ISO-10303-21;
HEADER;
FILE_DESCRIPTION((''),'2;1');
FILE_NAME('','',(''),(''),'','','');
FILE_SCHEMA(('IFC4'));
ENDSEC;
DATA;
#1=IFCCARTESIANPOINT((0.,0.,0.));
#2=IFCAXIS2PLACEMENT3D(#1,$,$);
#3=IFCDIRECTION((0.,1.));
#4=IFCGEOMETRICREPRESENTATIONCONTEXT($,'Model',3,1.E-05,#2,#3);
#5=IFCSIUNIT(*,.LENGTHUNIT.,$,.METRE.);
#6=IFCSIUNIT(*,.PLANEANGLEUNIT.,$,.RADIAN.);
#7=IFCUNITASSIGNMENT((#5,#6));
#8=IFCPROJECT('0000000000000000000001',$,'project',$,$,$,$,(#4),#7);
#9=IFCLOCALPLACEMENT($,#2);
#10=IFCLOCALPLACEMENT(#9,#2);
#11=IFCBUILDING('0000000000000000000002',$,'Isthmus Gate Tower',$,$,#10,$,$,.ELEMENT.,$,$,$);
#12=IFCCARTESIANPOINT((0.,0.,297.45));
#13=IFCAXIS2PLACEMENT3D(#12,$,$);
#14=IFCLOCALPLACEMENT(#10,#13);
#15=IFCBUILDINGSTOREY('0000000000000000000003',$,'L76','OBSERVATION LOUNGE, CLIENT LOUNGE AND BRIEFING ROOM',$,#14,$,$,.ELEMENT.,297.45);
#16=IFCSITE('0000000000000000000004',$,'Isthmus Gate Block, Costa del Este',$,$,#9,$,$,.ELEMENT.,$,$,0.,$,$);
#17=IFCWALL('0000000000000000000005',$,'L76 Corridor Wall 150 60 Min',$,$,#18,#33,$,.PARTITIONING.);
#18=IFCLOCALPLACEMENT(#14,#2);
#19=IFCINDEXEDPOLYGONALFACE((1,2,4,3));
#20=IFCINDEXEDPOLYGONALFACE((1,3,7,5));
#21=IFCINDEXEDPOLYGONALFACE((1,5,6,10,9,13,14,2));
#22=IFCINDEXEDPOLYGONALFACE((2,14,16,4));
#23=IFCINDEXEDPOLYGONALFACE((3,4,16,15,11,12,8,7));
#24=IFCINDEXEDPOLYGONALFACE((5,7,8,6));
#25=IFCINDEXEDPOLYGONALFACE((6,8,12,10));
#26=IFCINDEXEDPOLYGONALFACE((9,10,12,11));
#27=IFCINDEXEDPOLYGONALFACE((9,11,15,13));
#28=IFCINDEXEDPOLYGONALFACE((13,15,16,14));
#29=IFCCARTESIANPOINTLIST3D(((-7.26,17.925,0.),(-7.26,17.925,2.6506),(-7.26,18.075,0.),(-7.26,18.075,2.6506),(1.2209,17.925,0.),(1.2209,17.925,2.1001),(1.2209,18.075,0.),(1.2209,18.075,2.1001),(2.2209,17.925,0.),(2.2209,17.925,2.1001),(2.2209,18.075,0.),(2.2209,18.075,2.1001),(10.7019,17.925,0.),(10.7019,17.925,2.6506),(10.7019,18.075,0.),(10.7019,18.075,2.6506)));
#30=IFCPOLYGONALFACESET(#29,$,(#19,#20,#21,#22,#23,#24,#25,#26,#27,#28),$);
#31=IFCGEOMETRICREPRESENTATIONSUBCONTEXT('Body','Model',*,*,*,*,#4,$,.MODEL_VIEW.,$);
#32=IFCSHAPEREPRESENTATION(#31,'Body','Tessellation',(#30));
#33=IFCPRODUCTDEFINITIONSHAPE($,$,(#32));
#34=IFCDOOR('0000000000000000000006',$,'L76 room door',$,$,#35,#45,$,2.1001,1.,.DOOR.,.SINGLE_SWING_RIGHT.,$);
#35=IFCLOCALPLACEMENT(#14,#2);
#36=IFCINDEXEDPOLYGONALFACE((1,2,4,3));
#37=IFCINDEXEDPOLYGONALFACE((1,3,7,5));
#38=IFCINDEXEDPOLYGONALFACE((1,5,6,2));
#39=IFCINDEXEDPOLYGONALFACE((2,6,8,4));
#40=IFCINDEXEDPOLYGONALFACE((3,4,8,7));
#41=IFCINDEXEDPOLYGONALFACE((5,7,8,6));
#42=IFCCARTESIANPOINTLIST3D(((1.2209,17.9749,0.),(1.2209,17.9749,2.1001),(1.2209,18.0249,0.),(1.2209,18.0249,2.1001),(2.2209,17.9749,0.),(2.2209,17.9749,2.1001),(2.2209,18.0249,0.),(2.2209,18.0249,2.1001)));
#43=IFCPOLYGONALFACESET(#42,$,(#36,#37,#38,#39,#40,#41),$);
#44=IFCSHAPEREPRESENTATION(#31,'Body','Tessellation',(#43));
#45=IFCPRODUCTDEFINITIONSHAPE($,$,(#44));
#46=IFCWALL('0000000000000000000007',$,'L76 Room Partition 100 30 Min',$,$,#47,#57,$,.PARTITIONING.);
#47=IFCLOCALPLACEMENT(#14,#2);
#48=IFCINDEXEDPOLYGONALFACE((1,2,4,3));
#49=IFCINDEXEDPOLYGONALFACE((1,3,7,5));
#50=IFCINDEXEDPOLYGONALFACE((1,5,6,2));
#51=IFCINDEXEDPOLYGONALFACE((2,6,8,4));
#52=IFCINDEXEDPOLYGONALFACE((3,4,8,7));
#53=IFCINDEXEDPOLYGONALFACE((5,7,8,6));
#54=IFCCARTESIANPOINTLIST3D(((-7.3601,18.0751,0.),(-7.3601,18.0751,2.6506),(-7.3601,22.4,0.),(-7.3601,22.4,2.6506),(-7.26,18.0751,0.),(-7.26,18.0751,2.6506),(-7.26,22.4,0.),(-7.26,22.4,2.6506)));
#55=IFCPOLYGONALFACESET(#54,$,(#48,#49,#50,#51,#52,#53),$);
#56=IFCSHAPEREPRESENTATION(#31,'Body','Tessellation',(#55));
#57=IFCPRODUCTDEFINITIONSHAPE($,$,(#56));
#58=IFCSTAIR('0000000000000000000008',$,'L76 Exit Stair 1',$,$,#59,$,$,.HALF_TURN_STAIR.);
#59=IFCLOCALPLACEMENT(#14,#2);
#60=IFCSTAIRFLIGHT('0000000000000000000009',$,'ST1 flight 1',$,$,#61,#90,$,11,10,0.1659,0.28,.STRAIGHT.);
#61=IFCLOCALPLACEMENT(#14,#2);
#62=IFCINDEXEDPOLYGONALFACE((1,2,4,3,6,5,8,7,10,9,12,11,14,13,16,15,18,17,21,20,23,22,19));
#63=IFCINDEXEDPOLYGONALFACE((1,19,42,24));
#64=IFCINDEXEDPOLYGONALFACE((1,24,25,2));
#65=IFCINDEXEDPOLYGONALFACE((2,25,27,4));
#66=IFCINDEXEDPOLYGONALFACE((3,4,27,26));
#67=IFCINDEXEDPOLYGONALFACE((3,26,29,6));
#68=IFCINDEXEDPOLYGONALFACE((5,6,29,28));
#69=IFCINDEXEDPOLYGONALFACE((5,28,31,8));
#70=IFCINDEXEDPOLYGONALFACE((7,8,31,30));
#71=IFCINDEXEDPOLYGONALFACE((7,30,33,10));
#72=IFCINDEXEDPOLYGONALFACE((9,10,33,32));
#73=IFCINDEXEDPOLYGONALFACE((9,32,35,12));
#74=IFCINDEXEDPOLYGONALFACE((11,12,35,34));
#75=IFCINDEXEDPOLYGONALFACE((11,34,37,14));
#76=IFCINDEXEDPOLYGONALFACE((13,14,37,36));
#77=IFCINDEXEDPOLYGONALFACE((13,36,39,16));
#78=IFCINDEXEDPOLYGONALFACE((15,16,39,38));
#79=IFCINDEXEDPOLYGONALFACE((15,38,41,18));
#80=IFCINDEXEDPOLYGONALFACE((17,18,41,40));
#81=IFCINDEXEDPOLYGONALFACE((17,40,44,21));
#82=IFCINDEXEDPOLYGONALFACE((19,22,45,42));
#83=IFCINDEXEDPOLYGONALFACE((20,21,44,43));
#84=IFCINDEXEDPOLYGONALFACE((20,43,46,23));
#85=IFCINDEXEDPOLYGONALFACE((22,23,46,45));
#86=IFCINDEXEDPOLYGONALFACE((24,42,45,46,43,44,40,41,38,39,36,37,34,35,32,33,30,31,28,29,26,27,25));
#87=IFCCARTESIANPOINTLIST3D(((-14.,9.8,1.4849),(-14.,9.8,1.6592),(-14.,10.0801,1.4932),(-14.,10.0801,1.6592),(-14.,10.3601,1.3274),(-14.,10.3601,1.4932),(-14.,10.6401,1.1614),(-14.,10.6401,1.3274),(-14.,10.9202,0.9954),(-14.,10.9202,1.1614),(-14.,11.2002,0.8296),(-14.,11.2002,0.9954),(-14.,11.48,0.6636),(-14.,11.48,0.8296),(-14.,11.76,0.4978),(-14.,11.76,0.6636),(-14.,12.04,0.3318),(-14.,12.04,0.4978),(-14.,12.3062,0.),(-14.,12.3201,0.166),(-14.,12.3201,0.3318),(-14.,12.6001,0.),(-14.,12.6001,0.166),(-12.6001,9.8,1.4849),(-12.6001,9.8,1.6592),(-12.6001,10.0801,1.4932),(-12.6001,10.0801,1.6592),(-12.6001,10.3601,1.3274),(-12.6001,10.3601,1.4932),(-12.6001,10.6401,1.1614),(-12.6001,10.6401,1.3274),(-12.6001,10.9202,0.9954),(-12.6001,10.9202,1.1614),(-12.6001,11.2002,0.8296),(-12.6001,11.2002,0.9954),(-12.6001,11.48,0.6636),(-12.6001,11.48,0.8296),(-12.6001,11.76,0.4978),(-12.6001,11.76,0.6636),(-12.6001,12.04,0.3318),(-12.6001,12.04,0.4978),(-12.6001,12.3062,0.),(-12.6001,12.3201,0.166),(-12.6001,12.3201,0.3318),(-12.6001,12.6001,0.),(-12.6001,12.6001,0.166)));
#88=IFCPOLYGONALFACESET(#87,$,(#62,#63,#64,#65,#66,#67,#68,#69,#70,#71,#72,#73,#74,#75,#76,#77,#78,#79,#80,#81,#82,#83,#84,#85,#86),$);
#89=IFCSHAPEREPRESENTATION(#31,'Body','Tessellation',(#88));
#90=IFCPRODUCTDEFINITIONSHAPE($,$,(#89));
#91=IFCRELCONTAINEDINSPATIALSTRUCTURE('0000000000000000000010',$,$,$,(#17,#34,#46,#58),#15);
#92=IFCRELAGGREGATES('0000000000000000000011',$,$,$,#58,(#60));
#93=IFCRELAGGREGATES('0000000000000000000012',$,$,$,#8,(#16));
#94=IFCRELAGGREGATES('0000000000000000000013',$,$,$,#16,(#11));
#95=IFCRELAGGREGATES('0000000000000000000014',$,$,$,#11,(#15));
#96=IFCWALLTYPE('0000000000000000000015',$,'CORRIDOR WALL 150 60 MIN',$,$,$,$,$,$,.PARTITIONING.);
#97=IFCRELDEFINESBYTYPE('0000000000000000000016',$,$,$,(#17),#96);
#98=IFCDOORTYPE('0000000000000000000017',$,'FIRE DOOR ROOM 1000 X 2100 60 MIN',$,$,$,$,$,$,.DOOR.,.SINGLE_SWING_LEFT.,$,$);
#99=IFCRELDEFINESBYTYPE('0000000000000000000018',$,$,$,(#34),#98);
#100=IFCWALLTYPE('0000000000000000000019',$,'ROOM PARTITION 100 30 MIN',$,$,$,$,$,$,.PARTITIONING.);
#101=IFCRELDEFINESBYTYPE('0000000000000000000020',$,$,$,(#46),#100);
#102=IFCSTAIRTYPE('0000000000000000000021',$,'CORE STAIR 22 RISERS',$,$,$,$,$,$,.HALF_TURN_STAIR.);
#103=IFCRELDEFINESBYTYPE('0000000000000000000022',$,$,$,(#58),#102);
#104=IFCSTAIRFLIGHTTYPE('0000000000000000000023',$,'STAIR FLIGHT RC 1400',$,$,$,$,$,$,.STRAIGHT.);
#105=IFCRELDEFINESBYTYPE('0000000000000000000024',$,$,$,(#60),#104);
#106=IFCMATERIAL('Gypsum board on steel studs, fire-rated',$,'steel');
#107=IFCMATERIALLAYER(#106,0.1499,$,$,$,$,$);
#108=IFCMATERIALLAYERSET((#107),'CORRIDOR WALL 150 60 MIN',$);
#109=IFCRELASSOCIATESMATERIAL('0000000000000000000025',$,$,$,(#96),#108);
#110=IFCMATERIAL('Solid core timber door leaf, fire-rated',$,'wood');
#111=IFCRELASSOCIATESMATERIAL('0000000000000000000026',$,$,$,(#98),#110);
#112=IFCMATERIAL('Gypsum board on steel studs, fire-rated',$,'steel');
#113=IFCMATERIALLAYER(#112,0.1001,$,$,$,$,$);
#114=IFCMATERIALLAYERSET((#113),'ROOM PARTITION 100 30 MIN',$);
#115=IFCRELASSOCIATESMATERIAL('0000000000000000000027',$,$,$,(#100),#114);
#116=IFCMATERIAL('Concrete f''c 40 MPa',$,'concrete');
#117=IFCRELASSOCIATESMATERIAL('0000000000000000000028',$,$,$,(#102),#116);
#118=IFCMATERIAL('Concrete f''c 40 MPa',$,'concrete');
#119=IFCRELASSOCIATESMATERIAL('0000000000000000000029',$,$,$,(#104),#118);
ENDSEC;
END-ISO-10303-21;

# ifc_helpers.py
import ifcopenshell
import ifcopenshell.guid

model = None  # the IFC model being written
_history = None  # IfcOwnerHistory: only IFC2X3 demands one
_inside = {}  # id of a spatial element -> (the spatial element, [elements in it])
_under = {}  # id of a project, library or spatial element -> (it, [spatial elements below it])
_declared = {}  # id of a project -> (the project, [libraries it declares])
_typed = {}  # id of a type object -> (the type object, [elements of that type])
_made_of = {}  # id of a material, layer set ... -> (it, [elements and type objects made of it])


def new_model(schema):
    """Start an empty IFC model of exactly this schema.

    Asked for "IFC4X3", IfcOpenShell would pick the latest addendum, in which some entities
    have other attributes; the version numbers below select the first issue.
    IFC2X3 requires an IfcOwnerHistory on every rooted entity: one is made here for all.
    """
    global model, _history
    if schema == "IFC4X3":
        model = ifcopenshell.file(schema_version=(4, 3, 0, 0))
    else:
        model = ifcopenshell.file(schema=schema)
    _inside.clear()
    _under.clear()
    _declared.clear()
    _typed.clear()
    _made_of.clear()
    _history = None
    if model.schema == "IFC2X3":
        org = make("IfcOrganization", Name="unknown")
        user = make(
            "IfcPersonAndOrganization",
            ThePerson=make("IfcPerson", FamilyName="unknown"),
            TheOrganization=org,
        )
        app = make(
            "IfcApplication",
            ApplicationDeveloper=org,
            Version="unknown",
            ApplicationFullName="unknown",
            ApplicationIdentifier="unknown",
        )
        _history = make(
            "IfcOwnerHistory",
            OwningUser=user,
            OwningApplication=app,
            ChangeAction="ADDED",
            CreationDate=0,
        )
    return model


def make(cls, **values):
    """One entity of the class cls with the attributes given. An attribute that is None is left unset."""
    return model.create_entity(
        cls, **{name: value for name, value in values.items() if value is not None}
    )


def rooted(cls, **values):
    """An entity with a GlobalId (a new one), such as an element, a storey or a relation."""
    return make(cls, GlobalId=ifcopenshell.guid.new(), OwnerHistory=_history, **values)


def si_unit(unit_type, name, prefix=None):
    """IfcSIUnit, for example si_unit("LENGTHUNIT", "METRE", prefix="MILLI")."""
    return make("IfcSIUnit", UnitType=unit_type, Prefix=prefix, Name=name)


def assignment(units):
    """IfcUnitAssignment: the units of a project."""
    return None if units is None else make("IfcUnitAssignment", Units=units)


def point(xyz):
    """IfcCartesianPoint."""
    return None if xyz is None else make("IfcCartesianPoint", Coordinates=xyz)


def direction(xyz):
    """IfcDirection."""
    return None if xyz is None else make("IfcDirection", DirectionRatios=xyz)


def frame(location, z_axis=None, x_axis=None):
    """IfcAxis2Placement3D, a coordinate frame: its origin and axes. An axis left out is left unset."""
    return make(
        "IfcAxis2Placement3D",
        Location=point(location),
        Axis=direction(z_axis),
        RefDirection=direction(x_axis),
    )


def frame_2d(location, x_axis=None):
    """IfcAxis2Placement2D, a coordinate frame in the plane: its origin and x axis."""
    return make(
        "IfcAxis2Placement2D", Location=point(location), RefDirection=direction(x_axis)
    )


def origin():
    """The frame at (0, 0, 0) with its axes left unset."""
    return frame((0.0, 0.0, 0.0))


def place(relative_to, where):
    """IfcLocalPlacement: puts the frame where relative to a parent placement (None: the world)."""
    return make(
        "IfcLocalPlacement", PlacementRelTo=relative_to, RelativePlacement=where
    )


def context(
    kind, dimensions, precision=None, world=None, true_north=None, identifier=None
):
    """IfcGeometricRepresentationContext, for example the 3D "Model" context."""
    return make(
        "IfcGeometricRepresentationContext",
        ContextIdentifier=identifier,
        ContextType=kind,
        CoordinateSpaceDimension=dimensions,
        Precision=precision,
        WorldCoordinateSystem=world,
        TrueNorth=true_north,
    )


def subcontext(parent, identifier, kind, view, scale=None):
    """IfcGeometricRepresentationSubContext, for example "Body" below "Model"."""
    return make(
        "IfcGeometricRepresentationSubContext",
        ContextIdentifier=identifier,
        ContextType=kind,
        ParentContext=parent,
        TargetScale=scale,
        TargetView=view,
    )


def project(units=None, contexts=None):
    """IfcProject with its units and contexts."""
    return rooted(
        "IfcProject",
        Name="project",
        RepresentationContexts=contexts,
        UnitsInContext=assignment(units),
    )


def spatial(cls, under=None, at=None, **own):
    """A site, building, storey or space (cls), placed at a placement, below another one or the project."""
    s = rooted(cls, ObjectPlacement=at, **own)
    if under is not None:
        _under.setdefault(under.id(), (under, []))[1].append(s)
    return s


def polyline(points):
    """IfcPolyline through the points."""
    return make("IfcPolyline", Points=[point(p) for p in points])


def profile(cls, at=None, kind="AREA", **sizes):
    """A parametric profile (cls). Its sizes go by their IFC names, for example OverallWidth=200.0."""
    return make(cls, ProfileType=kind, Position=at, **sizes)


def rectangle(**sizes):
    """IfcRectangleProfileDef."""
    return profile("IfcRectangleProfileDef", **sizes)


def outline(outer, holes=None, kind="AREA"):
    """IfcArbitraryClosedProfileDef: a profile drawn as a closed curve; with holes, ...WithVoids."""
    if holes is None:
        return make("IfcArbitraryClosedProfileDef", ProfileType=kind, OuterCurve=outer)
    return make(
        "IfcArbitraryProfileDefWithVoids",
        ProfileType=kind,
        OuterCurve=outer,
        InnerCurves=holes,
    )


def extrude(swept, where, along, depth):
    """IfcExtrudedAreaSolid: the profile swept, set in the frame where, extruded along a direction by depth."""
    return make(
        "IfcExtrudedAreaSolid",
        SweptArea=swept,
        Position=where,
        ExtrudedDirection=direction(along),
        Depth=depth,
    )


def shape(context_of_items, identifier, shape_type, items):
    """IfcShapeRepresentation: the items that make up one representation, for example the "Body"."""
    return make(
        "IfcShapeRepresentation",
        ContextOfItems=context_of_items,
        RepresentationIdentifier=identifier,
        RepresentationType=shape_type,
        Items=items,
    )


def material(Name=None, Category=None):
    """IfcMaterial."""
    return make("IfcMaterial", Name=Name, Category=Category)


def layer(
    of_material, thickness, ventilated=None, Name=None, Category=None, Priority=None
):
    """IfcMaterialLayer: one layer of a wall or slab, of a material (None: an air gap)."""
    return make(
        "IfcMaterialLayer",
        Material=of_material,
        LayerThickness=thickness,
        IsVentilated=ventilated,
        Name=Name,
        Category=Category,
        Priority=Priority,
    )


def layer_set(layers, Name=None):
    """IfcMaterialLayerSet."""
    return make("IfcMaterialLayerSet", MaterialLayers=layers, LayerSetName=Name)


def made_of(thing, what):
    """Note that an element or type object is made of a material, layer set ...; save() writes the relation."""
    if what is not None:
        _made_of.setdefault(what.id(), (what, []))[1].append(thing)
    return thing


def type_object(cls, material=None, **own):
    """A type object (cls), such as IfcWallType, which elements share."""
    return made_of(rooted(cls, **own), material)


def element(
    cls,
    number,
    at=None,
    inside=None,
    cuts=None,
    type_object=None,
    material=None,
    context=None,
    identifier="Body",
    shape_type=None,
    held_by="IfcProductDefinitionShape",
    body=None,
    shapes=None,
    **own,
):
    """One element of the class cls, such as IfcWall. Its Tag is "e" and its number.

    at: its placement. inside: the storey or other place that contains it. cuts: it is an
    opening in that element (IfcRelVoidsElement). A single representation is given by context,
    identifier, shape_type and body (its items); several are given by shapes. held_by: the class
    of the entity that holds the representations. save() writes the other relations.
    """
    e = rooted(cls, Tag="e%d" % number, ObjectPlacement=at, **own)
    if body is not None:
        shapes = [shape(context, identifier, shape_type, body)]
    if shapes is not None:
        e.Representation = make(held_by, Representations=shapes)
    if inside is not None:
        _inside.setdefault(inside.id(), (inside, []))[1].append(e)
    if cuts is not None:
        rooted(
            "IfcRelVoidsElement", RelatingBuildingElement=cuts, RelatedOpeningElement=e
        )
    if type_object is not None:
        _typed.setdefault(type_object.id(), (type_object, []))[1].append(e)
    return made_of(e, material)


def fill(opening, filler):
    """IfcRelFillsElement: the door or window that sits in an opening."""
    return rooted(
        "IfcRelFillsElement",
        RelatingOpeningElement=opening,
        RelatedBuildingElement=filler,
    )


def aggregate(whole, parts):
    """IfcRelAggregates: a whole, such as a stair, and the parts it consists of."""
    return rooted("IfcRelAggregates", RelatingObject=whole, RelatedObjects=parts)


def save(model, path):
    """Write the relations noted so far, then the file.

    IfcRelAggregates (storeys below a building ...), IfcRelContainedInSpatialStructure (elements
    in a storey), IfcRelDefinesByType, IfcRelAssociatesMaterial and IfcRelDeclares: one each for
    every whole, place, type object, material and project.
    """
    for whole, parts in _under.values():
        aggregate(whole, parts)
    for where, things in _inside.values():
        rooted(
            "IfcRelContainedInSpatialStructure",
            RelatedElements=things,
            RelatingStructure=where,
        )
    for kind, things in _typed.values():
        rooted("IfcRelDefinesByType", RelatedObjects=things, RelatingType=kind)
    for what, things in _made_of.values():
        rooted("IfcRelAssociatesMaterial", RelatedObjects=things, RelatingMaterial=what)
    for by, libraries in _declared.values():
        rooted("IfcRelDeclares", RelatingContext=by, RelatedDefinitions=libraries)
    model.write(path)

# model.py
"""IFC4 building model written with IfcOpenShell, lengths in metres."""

from ifc_helpers import new_model, si_unit, direction, frame, frame_2d, origin, place, context, subcontext, project, spatial, polyline, rectangle, outline, extrude, material, layer, layer_set, type_object, element, fill, aggregate, save


model = new_model("IFC4")

# Units and contexts
model_context = context("Model", 3, precision=1e-05, world=origin(), true_north=direction((0.0, 1.0)))
body_context = subcontext(model_context, "Body", "Model", "MODEL_VIEW")
ifc_project = project(units=[si_unit("LENGTHUNIT", "METRE"), si_unit("PLANEANGLEUNIT", "RADIAN")], contexts=[model_context])

# Site, building, storey
site_placement = place(None, origin())
site = spatial("IfcSite", under=ifc_project, at=site_placement, Name="Isthmus Gate Block, Costa del Este", CompositionType="ELEMENT", RefElevation=0.0)
building_placement = place(site_placement, origin())
building = spatial("IfcBuilding", under=site, at=building_placement, Name="Isthmus Gate Tower", CompositionType="ELEMENT")
storey_placement = place(building_placement, frame((0.0, 0.0, 297.45)))
storey = spatial("IfcBuildingStorey", under=building, at=storey_placement, Name="L76", Description="OBSERVATION LOUNGE, CLIENT LOUNGE AND BRIEFING ROOM", CompositionType="ELEMENT", Elevation=297.45)

# Wall, opening, door
ifc_material_1 = material(Name="Gypsum board on steel studs, fire-rated", Category="steel")
ifc_layer_1 = layer(ifc_material_1, 0.1499)
ifc_layer_set_1 = layer_set([ifc_layer_1], Name="CORRIDOR WALL 150 60 MIN")
wall_type_1 = type_object("IfcWallType", Name="CORRIDOR WALL 150 60 MIN", PredefinedType="PARTITIONING", material=ifc_layer_set_1)
wall_1_placement = place(storey_placement, frame((-7.26, 18.0, 0.0), z_axis=(0.0, 0.0, 1.0), x_axis=(1.0, 0.0, 0.0)))
wall_1 = element("IfcWall", 1, at=wall_1_placement, inside=storey, type_object=wall_type_1, Name="L76 Corridor Wall 150 60 Min", PredefinedType="PARTITIONING", context=body_context, shape_type="SweptSolid", body=[
    extrude(rectangle(XDim=17.9619, YDim=0.1499, at=frame_2d((8.981, 0.0))), origin(), (0.0, 0.0, 1.0), 2.6506),
])
opening_placement = place(wall_1_placement, frame((8.481, 0.0, 0.0)))
opening = element("IfcOpeningElement", 2, at=opening_placement, cuts=wall_1, PredefinedType="OPENING", context=body_context, shape_type="SweptSolid", body=[
    extrude(rectangle(XDim=1.0, YDim=2.1001, at=frame_2d((0.5, 1.05))), frame((0.0, 0.085, 0.0), z_axis=(0.0, -1.0, 0.0), x_axis=(1.0, 0.0, 0.0)), (0.0, 0.0, 1.0), 0.1699),
])
ifc_material_2 = material(Name="Solid core timber door leaf, fire-rated", Category="wood")
door_type = type_object("IfcDoorType", Name="FIRE DOOR ROOM 1000 X 2100 60 MIN", OperationType="SINGLE_SWING_LEFT", PredefinedType="DOOR", material=ifc_material_2)
door_placement = place(opening_placement, origin())
door = element("IfcDoor", 3, at=door_placement, inside=storey, type_object=door_type, Name="L76 room door", OperationType="SINGLE_SWING_RIGHT", OverallHeight=2.1001, OverallWidth=1.0, PredefinedType="DOOR", context=body_context, shape_type="SweptSolid", body=[
    extrude(rectangle(XDim=1.0, YDim=2.1001, at=frame_2d((0.5, 1.05))), frame((0.0, 0.0249, 0.0), z_axis=(0.0, -1.0, 0.0), x_axis=(1.0, 0.0, 0.0)), (0.0, 0.0, 1.0), 0.05),
])
fill(opening, door)

# Wall
ifc_material_3 = material(Name="Gypsum board on steel studs, fire-rated", Category="steel")
ifc_layer_2 = layer(ifc_material_3, 0.1001)
ifc_layer_set_2 = layer_set([ifc_layer_2], Name="ROOM PARTITION 100 30 MIN")
wall_type_2 = type_object("IfcWallType", Name="ROOM PARTITION 100 30 MIN", PredefinedType="PARTITIONING", material=ifc_layer_set_2)
wall_2_placement = place(storey_placement, frame((-7.3101, 18.075, 0.0), z_axis=(0.0, 0.0, 1.0), x_axis=(0.0, 1.0, 0.0)))
element("IfcWall", 4, at=wall_2_placement, inside=storey, type_object=wall_type_2, Name="L76 Room Partition 100 30 Min", PredefinedType="PARTITIONING", context=body_context, shape_type="SweptSolid", body=[
    extrude(rectangle(XDim=4.325, YDim=0.1001, at=frame_2d((2.1626, 0.0))), origin(), (0.0, 0.0, 1.0), 2.6506),
])

# Stair, stair flight
ifc_material_4 = material(Name="Concrete f'c 40 MPa", Category="concrete")
stair_type = type_object("IfcStairType", Name="CORE STAIR 22 RISERS", PredefinedType="HALF_TURN_STAIR", material=ifc_material_4)
stair_placement = place(storey_placement, origin())
stair = element("IfcStair", 5, at=stair_placement, inside=storey, type_object=stair_type, Name="L76 Exit Stair 1", PredefinedType="HALF_TURN_STAIR")
ifc_material_5 = material(Name="Concrete f'c 40 MPa", Category="concrete")
stair_flight_type = type_object("IfcStairFlightType", Name="STAIR FLIGHT RC 1400", PredefinedType="STRAIGHT", material=ifc_material_5)
stair_flight_placement = place(storey_placement, frame((-13.3, 12.6001, 0.0), z_axis=(0.0, 0.0, 1.0), x_axis=(0.0, -1.0, 0.0)))
stair_flight = element("IfcStairFlight", 6, at=stair_flight_placement, type_object=stair_flight_type, Name="ST1 flight 1", NumberOfRisers=11, NumberOfTreads=10, PredefinedType="STRAIGHT", RiserHeight=0.1659, TreadLength=0.28, context=body_context, shape_type="SweptSolid", body=[
    extrude(outline(polyline([(0.0, 0.0), (0.0, 0.166), (0.28, 0.166), (0.28, 0.3318), (0.5601, 0.3318), (0.5601, 0.4978), (0.8401, 0.4978), (0.8401, 0.6636), (1.1201, 0.6636), (1.1201, 0.8296), (1.3999, 0.8296), (1.3999, 0.9954), (1.6799, 0.9954), (1.6799, 1.1614), (1.96, 1.1614), (1.96, 1.3274), (2.24, 1.3274), (2.24, 1.4932), (2.52, 1.4932), (2.52, 1.6592), (2.8, 1.6592), (2.8, 1.825), (2.8, 1.4849), (0.2939, 0.0), (0.0, 0.0)])), frame((0.0, 0.7, 0.0), z_axis=(0.0, -1.0, 0.0), x_axis=(1.0, 0.0, 0.0)), (0.0, 0.0, 1.0), 1.3999),
])
aggregate(stair, [stair_flight])

save(model, "model.ifc")
